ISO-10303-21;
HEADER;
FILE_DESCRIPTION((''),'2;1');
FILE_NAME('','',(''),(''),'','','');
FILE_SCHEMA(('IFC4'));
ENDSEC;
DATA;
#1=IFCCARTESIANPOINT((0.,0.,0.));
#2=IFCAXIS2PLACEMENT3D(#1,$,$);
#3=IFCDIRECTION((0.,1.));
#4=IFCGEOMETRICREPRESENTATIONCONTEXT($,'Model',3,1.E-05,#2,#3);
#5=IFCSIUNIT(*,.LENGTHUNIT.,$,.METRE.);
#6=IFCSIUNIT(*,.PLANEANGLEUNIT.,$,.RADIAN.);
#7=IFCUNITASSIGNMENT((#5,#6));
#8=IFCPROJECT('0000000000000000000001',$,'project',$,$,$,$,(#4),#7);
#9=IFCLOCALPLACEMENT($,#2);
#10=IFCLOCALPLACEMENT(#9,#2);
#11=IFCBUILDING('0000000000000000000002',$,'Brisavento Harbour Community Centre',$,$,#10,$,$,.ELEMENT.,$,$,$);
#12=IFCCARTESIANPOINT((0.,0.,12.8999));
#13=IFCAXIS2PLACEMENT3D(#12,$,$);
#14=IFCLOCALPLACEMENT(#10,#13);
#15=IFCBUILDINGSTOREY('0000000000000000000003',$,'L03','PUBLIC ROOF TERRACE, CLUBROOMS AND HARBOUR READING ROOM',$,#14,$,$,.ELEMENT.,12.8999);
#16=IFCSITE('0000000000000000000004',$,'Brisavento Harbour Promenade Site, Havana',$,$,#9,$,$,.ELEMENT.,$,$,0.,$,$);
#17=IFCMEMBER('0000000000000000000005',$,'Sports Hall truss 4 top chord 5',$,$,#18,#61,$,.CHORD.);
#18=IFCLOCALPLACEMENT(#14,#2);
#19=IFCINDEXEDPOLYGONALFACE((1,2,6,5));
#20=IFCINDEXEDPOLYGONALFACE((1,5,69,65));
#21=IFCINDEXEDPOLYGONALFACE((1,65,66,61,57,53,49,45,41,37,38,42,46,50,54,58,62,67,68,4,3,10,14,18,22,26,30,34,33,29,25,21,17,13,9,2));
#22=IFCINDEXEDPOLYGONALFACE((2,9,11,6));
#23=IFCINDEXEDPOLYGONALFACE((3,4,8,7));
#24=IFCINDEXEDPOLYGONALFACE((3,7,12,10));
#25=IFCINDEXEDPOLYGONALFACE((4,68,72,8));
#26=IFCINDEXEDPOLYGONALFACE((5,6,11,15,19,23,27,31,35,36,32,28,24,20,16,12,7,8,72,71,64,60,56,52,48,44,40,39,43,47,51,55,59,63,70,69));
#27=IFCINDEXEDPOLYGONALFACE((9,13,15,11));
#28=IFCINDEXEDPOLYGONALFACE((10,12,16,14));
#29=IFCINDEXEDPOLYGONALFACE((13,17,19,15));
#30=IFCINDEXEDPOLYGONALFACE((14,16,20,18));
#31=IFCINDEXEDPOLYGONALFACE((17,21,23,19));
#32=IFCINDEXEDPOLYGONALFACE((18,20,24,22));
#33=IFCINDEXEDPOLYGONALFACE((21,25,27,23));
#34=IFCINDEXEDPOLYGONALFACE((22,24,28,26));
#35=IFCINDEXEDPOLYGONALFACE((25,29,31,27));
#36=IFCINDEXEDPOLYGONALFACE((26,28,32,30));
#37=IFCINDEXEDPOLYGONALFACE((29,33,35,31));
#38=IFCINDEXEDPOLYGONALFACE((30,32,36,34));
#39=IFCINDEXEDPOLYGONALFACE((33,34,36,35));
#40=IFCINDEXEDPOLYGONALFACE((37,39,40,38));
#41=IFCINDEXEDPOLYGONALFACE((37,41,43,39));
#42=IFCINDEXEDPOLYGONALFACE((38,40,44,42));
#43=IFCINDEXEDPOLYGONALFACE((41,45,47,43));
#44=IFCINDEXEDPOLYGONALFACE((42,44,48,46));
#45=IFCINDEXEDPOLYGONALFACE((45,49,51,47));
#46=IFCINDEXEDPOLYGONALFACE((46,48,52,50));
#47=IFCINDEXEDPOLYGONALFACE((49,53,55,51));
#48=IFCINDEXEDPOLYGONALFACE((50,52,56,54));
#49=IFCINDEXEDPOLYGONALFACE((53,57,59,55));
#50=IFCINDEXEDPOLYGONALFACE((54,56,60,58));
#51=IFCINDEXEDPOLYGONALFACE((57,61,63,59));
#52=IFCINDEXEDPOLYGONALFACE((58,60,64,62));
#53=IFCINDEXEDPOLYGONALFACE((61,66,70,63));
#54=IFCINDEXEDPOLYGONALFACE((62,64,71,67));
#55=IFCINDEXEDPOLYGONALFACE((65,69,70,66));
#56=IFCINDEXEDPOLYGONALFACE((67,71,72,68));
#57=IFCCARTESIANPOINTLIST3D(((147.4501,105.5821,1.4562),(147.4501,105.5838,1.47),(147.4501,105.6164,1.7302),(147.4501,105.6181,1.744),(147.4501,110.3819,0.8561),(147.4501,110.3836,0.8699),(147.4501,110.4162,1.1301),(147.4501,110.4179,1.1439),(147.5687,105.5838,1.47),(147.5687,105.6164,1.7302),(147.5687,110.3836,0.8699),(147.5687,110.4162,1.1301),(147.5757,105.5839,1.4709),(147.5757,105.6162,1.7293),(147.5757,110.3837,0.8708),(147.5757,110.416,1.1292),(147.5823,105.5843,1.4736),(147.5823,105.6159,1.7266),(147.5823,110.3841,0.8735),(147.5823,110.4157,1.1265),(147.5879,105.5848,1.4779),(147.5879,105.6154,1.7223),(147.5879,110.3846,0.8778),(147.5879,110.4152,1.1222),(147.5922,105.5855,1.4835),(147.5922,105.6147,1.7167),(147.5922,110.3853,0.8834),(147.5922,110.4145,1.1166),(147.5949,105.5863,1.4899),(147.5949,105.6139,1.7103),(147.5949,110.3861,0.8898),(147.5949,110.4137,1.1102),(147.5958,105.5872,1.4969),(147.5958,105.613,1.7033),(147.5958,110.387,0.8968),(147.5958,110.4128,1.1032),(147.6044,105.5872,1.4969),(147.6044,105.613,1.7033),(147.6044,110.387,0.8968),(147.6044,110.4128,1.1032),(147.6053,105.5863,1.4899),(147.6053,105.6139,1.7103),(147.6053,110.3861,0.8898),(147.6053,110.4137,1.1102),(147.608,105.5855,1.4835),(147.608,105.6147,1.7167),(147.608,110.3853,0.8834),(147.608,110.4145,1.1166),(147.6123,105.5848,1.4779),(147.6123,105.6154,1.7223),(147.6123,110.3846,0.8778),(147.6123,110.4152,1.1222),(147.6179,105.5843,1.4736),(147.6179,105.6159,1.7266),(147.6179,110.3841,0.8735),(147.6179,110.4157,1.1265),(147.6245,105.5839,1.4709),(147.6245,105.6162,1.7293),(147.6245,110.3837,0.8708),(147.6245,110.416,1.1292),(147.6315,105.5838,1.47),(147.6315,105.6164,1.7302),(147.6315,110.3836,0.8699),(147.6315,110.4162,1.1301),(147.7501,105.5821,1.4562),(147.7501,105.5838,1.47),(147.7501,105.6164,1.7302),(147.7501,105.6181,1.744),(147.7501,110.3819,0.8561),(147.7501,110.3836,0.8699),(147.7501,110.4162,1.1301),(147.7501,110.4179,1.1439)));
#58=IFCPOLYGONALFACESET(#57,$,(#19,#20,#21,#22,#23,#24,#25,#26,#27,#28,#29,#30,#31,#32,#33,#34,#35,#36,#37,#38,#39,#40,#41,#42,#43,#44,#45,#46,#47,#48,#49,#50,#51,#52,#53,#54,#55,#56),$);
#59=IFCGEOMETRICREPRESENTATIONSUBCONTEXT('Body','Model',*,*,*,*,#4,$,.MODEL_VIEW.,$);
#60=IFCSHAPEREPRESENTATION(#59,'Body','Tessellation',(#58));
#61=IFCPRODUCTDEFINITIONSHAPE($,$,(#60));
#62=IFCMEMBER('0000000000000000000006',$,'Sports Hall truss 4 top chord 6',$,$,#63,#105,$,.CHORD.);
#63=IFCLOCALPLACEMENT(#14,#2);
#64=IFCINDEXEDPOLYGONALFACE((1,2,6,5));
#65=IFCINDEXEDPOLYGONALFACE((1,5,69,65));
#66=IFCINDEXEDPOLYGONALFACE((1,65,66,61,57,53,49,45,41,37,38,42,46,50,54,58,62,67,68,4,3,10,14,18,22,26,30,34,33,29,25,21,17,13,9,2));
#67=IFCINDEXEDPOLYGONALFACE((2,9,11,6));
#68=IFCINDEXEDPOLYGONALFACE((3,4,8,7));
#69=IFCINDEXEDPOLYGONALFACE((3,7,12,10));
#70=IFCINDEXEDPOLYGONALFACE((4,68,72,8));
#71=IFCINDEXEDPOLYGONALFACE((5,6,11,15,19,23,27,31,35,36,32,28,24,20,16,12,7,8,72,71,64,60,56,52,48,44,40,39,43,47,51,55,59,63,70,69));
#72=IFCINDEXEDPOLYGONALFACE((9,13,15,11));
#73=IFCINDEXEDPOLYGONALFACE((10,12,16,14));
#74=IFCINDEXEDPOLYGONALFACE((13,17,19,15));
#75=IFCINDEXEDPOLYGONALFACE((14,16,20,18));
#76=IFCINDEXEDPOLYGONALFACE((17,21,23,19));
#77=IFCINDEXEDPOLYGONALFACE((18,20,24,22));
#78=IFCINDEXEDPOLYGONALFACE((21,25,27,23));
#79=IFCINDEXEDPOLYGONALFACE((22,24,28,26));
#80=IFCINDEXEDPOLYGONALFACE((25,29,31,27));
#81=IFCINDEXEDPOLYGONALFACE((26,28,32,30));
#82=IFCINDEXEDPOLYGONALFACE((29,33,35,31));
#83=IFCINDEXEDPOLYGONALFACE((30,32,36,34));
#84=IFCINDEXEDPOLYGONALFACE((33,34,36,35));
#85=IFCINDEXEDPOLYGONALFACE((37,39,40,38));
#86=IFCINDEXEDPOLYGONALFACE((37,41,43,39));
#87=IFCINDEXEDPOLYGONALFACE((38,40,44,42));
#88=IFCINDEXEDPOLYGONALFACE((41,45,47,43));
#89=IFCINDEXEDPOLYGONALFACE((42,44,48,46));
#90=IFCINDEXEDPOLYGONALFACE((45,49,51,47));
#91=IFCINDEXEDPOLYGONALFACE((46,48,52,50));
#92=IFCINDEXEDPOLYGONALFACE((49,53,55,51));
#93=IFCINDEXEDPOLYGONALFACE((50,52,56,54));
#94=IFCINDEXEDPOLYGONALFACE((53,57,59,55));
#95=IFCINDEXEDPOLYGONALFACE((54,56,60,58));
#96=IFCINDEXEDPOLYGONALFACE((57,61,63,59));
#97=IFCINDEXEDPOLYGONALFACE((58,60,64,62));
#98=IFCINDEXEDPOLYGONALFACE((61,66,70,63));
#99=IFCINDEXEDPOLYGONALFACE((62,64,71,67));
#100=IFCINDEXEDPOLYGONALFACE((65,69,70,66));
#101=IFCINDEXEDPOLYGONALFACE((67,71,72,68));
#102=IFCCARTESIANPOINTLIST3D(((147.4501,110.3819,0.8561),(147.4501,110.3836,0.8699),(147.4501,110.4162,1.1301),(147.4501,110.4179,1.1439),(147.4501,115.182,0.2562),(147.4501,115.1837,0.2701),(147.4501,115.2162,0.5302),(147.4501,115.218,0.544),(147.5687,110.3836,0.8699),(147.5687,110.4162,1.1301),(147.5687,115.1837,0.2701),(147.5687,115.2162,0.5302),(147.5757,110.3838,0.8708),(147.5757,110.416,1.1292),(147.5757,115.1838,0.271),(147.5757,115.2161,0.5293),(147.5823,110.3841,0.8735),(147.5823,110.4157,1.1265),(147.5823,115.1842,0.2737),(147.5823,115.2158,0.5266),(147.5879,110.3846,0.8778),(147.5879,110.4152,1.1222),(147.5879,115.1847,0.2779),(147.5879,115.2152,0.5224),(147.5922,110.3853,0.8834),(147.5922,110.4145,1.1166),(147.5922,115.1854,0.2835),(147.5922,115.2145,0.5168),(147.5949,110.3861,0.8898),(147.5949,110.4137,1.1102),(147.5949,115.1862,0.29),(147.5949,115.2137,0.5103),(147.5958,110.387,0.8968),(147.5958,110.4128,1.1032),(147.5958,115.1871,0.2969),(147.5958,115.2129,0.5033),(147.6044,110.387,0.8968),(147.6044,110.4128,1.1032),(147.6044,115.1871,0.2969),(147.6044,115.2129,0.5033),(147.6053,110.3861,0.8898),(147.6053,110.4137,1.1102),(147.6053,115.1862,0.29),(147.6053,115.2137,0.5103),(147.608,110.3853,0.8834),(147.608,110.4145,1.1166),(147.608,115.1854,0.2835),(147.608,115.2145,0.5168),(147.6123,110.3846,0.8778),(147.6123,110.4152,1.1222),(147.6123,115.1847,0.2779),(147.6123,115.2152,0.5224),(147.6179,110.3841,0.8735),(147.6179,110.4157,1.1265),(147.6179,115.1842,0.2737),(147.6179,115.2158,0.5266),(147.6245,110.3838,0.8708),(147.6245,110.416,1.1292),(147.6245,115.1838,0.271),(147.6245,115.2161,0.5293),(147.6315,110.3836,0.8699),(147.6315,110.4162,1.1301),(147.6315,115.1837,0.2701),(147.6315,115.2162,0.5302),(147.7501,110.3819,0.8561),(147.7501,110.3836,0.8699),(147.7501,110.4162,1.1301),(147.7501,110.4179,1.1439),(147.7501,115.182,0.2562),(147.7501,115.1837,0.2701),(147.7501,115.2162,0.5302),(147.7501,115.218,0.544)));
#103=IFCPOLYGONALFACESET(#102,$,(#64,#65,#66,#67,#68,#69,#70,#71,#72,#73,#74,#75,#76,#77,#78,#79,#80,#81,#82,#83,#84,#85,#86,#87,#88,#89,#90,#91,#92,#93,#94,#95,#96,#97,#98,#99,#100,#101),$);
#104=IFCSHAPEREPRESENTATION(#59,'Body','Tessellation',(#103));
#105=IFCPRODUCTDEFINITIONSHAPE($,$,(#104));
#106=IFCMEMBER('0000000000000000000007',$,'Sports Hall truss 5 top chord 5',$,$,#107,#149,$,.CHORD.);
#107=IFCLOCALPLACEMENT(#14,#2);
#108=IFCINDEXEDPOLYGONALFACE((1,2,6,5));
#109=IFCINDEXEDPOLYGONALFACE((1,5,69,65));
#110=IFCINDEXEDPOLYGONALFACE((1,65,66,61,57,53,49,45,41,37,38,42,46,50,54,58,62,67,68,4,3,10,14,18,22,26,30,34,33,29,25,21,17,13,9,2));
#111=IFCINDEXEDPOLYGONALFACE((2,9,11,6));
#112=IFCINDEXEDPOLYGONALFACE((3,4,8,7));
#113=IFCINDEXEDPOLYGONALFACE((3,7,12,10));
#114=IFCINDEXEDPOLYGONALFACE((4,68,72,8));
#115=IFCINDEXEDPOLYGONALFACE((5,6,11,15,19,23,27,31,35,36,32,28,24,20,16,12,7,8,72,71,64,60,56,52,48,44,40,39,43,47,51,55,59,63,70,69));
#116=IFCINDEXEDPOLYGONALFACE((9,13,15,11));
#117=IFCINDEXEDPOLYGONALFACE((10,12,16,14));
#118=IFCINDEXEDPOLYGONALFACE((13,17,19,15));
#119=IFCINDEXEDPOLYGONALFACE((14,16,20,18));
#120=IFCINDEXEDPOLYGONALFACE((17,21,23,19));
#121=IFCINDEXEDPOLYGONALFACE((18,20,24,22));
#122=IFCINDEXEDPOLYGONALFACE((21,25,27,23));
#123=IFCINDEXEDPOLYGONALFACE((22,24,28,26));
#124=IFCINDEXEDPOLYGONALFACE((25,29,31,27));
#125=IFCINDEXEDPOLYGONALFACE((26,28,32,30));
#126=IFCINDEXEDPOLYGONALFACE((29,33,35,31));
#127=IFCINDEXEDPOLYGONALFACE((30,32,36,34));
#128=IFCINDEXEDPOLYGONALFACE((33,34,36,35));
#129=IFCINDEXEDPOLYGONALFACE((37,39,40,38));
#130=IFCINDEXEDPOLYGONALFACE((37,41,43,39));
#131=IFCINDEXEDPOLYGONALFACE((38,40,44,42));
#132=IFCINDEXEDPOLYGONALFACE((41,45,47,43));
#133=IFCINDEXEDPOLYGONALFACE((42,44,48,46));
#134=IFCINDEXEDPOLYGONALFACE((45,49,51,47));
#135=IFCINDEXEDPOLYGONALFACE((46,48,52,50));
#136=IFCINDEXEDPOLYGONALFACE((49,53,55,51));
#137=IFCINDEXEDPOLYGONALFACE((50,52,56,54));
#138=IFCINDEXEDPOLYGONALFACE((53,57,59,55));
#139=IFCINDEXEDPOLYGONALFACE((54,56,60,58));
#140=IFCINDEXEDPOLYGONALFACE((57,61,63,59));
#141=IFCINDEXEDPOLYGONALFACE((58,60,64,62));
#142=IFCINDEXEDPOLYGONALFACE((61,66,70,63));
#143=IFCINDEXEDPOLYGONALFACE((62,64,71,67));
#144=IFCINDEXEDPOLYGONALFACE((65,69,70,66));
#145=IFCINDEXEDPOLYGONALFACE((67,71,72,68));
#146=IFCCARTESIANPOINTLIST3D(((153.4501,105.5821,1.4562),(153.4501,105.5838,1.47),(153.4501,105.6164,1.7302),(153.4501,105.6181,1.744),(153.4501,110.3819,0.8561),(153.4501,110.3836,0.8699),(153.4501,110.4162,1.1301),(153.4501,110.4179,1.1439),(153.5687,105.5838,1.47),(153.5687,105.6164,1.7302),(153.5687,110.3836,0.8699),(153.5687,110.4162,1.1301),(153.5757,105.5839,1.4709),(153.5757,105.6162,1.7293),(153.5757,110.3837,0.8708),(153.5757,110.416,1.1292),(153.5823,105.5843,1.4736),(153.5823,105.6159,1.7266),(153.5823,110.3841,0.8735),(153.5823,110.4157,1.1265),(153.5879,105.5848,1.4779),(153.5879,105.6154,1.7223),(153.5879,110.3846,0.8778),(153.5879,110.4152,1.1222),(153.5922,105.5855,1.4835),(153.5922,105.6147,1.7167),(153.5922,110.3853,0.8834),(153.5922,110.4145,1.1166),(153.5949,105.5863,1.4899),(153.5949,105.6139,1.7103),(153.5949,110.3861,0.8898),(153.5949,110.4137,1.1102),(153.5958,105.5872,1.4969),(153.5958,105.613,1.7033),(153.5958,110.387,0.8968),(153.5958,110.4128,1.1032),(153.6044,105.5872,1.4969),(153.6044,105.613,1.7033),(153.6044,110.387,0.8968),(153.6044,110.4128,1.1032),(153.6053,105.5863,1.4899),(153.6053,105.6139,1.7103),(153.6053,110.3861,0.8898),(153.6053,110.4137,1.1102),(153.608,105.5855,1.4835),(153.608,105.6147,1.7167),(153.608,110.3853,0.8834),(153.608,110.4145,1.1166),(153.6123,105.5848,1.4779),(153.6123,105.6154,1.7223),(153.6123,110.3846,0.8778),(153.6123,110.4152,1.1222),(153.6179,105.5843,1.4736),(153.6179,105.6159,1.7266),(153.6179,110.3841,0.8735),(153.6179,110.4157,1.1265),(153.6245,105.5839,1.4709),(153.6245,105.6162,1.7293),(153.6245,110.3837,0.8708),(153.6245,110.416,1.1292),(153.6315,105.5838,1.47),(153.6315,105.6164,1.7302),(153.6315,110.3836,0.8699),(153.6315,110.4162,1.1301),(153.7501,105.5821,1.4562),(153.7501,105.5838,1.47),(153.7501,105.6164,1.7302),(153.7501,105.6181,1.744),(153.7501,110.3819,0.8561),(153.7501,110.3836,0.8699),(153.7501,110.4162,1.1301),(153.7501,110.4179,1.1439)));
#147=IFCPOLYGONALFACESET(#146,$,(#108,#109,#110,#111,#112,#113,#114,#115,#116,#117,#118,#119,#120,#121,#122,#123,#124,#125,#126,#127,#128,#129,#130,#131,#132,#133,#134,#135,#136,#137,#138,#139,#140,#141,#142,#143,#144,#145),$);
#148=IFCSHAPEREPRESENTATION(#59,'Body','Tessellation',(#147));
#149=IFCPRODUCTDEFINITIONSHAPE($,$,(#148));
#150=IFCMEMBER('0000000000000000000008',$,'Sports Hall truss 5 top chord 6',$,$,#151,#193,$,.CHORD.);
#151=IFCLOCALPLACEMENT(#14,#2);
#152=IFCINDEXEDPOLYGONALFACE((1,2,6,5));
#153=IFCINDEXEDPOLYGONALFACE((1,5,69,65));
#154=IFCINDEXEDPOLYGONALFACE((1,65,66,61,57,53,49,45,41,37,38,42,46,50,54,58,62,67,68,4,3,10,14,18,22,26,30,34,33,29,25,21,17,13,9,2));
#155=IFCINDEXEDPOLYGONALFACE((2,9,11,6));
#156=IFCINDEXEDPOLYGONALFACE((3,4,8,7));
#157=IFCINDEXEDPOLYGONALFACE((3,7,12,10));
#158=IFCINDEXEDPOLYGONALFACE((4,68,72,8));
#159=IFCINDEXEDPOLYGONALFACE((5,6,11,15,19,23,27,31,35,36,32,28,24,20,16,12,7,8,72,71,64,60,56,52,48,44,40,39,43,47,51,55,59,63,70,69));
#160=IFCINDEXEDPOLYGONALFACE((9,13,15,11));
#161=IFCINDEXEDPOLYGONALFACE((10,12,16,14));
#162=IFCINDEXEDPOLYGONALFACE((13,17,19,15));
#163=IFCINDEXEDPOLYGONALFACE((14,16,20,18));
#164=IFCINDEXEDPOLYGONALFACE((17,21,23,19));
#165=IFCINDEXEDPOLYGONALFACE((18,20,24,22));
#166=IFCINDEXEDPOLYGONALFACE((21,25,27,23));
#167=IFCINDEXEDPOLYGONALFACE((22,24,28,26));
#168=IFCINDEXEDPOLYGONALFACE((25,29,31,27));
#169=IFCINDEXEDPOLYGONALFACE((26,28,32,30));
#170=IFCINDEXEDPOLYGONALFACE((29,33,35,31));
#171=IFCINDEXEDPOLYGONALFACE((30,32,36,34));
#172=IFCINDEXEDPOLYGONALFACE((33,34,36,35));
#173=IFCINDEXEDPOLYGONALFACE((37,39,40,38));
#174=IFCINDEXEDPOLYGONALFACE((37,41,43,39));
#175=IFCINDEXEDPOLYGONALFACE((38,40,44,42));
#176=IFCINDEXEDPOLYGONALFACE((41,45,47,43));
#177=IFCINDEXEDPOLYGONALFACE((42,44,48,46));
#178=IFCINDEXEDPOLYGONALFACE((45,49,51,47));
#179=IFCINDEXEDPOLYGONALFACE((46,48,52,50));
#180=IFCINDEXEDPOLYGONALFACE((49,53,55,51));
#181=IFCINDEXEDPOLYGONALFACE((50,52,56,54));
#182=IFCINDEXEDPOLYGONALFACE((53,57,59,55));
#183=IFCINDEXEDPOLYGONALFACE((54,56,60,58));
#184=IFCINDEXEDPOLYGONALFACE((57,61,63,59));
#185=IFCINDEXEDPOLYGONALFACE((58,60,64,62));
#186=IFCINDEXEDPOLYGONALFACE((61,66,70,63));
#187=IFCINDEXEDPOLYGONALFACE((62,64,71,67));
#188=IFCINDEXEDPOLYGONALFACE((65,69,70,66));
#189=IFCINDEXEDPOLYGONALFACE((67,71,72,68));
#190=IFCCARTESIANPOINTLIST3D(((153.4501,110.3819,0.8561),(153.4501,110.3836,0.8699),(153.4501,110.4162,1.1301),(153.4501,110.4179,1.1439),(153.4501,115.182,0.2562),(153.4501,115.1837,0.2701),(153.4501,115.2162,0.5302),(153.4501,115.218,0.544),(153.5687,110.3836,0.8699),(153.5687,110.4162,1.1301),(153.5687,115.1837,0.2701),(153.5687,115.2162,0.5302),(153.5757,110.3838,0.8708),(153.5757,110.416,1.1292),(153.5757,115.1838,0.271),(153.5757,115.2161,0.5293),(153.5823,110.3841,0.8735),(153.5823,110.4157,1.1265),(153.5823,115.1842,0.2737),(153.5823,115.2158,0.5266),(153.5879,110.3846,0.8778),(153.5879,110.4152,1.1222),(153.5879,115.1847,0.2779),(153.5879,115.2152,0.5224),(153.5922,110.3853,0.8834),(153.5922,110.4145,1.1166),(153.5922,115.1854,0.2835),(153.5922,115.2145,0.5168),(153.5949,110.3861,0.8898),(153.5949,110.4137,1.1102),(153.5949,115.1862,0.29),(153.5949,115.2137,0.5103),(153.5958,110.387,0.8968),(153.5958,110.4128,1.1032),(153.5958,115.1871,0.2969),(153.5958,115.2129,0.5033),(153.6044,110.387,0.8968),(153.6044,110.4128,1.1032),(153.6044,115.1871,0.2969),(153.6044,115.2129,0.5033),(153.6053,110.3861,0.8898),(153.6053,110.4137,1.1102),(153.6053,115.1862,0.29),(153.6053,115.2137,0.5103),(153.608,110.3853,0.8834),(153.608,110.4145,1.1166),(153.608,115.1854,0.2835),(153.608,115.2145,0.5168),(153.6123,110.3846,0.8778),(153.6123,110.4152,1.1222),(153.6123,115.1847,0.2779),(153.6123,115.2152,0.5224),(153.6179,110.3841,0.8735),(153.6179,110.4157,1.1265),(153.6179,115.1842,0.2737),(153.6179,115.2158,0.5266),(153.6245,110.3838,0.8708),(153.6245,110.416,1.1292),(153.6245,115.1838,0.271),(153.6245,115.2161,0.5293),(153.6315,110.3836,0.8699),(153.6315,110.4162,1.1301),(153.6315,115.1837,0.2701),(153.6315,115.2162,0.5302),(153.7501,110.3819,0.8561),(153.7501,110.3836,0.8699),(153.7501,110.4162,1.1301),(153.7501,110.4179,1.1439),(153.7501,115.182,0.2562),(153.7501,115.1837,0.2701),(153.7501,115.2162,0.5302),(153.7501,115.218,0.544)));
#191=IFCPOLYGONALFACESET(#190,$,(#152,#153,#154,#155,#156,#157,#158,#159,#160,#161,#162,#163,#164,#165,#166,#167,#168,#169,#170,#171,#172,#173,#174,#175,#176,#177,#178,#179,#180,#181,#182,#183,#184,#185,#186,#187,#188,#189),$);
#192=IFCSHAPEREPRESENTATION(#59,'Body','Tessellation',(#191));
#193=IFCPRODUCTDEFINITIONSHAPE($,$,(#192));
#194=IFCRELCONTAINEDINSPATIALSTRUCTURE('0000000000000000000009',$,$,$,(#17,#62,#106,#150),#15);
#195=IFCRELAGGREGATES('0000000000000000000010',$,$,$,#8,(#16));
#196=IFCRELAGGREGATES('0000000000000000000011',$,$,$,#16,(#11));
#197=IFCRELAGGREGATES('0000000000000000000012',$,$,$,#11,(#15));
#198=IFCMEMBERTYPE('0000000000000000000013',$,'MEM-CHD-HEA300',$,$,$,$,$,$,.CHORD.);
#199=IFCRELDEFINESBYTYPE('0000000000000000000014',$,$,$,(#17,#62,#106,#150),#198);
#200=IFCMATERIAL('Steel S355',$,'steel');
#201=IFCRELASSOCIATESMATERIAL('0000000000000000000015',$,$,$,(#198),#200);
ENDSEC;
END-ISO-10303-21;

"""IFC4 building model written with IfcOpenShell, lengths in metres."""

from ifc_helpers import new_model, si_unit, direction, frame, origin, origin_2d, place, context, subcontext, project, spatial, i_section, extrude, material, material_profile, profile_set, type_object, element, save


model = new_model("IFC4")

# Units and contexts
model_context = context("Model", 3, precision=1e-05, world=origin(), true_north=direction((0.0, 1.0)))
body_context = subcontext(model_context, "Body", "Model", "MODEL_VIEW")
ifc_project = project(units=[si_unit("LENGTHUNIT", "METRE"), si_unit("PLANEANGLEUNIT", "RADIAN")], contexts=[model_context])

# Site, building, storey
site_placement = place(None, origin())
site = spatial("IfcSite", under=ifc_project, at=site_placement, Name="Brisavento Harbour Promenade Site, Havana", CompositionType="ELEMENT", RefElevation=0.0)
building_placement = place(site_placement, origin())
building = spatial("IfcBuilding", under=site, at=building_placement, Name="Brisavento Harbour Community Centre", CompositionType="ELEMENT")
storey_placement = place(building_placement, frame((0.0, 0.0, 12.8999)))
storey = spatial("IfcBuildingStorey", under=building, at=storey_placement, Name="L03", Description="PUBLIC ROOF TERRACE, CLUBROOMS AND HARBOUR READING ROOM", CompositionType="ELEMENT", Elevation=12.8999)

# Members
ifc_material = material(Name="Steel S355", Category="steel")
ifc_material_profile_1 = material_profile(ifc_material, i_section(OverallWidth=0.3, OverallDepth=0.29, WebThickness=0.0085, FlangeThickness=0.0139, FilletRadius=0.0271, at=origin_2d()), Name="Steel S355")
ifc_profile_set_1 = profile_set([ifc_material_profile_1], Name="Steel S355")
member_type_1 = type_object("IfcMemberType", Name="MEM-CHD-HEA300", PredefinedType="CHORD", material=ifc_profile_set_1)
member_1_placement = place(storey_placement, frame((147.6001, 105.6001, 1.6001), z_axis=(0.0, 0.992275, -0.12406), x_axis=(-1.0, 0.0, 0.0)))
element("IfcMember", 1, at=member_1_placement, inside=storey, type_object=member_type_1, Name="Sports Hall truss 4 top chord 5", PredefinedType="CHORD", context=body_context, shape_type="SweptSolid", body=[
    extrude(i_section(OverallWidth=0.3, OverallDepth=0.29, WebThickness=0.0085, FlangeThickness=0.0139, FilletRadius=0.0271, at=origin_2d()), origin(), (0.0, 0.0, 1.0), 4.8372),
])
member_2_placement = place(storey_placement, frame((147.6001, 110.3999, 1.0), z_axis=(0.0, 0.992282, -0.124004), x_axis=(-1.0, 0.0, 0.0)))
element("IfcMember", 2, at=member_2_placement, inside=storey, type_object=member_type_1, Name="Sports Hall truss 4 top chord 6", PredefinedType="CHORD", context=body_context, shape_type="SweptSolid", body=[
    extrude(i_section(OverallWidth=0.3, OverallDepth=0.29, WebThickness=0.0085, FlangeThickness=0.0139, FilletRadius=0.0271, at=origin_2d()), origin(), (0.0, 0.0, 1.0), 4.8374),
])
member_3_placement = place(storey_placement, frame((153.6001, 105.6001, 1.6001), z_axis=(0.0, 0.992275, -0.12406), x_axis=(-1.0, 0.0, 0.0)))
element("IfcMember", 3, at=member_3_placement, inside=storey, type_object=member_type_1, Name="Sports Hall truss 5 top chord 5", PredefinedType="CHORD", context=body_context, shape_type="SweptSolid", body=[
    extrude(i_section(OverallWidth=0.3, OverallDepth=0.29, WebThickness=0.0085, FlangeThickness=0.0139, FilletRadius=0.0271, at=origin_2d()), origin(), (0.0, 0.0, 1.0), 4.8372),
])
member_4_placement = place(storey_placement, frame((153.6001, 110.3999, 1.0), z_axis=(0.0, 0.992282, -0.124004), x_axis=(-1.0, 0.0, 0.0)))
element("IfcMember", 4, at=member_4_placement, inside=storey, type_object=member_type_1, Name="Sports Hall truss 5 top chord 6", PredefinedType="CHORD", context=body_context, shape_type="SweptSolid", body=[
    extrude(i_section(OverallWidth=0.3, OverallDepth=0.29, WebThickness=0.0085, FlangeThickness=0.0139, FilletRadius=0.0271, at=origin_2d()), origin(), (0.0, 0.0, 1.0), 4.8374),
])

save(model, "model.ifc")
